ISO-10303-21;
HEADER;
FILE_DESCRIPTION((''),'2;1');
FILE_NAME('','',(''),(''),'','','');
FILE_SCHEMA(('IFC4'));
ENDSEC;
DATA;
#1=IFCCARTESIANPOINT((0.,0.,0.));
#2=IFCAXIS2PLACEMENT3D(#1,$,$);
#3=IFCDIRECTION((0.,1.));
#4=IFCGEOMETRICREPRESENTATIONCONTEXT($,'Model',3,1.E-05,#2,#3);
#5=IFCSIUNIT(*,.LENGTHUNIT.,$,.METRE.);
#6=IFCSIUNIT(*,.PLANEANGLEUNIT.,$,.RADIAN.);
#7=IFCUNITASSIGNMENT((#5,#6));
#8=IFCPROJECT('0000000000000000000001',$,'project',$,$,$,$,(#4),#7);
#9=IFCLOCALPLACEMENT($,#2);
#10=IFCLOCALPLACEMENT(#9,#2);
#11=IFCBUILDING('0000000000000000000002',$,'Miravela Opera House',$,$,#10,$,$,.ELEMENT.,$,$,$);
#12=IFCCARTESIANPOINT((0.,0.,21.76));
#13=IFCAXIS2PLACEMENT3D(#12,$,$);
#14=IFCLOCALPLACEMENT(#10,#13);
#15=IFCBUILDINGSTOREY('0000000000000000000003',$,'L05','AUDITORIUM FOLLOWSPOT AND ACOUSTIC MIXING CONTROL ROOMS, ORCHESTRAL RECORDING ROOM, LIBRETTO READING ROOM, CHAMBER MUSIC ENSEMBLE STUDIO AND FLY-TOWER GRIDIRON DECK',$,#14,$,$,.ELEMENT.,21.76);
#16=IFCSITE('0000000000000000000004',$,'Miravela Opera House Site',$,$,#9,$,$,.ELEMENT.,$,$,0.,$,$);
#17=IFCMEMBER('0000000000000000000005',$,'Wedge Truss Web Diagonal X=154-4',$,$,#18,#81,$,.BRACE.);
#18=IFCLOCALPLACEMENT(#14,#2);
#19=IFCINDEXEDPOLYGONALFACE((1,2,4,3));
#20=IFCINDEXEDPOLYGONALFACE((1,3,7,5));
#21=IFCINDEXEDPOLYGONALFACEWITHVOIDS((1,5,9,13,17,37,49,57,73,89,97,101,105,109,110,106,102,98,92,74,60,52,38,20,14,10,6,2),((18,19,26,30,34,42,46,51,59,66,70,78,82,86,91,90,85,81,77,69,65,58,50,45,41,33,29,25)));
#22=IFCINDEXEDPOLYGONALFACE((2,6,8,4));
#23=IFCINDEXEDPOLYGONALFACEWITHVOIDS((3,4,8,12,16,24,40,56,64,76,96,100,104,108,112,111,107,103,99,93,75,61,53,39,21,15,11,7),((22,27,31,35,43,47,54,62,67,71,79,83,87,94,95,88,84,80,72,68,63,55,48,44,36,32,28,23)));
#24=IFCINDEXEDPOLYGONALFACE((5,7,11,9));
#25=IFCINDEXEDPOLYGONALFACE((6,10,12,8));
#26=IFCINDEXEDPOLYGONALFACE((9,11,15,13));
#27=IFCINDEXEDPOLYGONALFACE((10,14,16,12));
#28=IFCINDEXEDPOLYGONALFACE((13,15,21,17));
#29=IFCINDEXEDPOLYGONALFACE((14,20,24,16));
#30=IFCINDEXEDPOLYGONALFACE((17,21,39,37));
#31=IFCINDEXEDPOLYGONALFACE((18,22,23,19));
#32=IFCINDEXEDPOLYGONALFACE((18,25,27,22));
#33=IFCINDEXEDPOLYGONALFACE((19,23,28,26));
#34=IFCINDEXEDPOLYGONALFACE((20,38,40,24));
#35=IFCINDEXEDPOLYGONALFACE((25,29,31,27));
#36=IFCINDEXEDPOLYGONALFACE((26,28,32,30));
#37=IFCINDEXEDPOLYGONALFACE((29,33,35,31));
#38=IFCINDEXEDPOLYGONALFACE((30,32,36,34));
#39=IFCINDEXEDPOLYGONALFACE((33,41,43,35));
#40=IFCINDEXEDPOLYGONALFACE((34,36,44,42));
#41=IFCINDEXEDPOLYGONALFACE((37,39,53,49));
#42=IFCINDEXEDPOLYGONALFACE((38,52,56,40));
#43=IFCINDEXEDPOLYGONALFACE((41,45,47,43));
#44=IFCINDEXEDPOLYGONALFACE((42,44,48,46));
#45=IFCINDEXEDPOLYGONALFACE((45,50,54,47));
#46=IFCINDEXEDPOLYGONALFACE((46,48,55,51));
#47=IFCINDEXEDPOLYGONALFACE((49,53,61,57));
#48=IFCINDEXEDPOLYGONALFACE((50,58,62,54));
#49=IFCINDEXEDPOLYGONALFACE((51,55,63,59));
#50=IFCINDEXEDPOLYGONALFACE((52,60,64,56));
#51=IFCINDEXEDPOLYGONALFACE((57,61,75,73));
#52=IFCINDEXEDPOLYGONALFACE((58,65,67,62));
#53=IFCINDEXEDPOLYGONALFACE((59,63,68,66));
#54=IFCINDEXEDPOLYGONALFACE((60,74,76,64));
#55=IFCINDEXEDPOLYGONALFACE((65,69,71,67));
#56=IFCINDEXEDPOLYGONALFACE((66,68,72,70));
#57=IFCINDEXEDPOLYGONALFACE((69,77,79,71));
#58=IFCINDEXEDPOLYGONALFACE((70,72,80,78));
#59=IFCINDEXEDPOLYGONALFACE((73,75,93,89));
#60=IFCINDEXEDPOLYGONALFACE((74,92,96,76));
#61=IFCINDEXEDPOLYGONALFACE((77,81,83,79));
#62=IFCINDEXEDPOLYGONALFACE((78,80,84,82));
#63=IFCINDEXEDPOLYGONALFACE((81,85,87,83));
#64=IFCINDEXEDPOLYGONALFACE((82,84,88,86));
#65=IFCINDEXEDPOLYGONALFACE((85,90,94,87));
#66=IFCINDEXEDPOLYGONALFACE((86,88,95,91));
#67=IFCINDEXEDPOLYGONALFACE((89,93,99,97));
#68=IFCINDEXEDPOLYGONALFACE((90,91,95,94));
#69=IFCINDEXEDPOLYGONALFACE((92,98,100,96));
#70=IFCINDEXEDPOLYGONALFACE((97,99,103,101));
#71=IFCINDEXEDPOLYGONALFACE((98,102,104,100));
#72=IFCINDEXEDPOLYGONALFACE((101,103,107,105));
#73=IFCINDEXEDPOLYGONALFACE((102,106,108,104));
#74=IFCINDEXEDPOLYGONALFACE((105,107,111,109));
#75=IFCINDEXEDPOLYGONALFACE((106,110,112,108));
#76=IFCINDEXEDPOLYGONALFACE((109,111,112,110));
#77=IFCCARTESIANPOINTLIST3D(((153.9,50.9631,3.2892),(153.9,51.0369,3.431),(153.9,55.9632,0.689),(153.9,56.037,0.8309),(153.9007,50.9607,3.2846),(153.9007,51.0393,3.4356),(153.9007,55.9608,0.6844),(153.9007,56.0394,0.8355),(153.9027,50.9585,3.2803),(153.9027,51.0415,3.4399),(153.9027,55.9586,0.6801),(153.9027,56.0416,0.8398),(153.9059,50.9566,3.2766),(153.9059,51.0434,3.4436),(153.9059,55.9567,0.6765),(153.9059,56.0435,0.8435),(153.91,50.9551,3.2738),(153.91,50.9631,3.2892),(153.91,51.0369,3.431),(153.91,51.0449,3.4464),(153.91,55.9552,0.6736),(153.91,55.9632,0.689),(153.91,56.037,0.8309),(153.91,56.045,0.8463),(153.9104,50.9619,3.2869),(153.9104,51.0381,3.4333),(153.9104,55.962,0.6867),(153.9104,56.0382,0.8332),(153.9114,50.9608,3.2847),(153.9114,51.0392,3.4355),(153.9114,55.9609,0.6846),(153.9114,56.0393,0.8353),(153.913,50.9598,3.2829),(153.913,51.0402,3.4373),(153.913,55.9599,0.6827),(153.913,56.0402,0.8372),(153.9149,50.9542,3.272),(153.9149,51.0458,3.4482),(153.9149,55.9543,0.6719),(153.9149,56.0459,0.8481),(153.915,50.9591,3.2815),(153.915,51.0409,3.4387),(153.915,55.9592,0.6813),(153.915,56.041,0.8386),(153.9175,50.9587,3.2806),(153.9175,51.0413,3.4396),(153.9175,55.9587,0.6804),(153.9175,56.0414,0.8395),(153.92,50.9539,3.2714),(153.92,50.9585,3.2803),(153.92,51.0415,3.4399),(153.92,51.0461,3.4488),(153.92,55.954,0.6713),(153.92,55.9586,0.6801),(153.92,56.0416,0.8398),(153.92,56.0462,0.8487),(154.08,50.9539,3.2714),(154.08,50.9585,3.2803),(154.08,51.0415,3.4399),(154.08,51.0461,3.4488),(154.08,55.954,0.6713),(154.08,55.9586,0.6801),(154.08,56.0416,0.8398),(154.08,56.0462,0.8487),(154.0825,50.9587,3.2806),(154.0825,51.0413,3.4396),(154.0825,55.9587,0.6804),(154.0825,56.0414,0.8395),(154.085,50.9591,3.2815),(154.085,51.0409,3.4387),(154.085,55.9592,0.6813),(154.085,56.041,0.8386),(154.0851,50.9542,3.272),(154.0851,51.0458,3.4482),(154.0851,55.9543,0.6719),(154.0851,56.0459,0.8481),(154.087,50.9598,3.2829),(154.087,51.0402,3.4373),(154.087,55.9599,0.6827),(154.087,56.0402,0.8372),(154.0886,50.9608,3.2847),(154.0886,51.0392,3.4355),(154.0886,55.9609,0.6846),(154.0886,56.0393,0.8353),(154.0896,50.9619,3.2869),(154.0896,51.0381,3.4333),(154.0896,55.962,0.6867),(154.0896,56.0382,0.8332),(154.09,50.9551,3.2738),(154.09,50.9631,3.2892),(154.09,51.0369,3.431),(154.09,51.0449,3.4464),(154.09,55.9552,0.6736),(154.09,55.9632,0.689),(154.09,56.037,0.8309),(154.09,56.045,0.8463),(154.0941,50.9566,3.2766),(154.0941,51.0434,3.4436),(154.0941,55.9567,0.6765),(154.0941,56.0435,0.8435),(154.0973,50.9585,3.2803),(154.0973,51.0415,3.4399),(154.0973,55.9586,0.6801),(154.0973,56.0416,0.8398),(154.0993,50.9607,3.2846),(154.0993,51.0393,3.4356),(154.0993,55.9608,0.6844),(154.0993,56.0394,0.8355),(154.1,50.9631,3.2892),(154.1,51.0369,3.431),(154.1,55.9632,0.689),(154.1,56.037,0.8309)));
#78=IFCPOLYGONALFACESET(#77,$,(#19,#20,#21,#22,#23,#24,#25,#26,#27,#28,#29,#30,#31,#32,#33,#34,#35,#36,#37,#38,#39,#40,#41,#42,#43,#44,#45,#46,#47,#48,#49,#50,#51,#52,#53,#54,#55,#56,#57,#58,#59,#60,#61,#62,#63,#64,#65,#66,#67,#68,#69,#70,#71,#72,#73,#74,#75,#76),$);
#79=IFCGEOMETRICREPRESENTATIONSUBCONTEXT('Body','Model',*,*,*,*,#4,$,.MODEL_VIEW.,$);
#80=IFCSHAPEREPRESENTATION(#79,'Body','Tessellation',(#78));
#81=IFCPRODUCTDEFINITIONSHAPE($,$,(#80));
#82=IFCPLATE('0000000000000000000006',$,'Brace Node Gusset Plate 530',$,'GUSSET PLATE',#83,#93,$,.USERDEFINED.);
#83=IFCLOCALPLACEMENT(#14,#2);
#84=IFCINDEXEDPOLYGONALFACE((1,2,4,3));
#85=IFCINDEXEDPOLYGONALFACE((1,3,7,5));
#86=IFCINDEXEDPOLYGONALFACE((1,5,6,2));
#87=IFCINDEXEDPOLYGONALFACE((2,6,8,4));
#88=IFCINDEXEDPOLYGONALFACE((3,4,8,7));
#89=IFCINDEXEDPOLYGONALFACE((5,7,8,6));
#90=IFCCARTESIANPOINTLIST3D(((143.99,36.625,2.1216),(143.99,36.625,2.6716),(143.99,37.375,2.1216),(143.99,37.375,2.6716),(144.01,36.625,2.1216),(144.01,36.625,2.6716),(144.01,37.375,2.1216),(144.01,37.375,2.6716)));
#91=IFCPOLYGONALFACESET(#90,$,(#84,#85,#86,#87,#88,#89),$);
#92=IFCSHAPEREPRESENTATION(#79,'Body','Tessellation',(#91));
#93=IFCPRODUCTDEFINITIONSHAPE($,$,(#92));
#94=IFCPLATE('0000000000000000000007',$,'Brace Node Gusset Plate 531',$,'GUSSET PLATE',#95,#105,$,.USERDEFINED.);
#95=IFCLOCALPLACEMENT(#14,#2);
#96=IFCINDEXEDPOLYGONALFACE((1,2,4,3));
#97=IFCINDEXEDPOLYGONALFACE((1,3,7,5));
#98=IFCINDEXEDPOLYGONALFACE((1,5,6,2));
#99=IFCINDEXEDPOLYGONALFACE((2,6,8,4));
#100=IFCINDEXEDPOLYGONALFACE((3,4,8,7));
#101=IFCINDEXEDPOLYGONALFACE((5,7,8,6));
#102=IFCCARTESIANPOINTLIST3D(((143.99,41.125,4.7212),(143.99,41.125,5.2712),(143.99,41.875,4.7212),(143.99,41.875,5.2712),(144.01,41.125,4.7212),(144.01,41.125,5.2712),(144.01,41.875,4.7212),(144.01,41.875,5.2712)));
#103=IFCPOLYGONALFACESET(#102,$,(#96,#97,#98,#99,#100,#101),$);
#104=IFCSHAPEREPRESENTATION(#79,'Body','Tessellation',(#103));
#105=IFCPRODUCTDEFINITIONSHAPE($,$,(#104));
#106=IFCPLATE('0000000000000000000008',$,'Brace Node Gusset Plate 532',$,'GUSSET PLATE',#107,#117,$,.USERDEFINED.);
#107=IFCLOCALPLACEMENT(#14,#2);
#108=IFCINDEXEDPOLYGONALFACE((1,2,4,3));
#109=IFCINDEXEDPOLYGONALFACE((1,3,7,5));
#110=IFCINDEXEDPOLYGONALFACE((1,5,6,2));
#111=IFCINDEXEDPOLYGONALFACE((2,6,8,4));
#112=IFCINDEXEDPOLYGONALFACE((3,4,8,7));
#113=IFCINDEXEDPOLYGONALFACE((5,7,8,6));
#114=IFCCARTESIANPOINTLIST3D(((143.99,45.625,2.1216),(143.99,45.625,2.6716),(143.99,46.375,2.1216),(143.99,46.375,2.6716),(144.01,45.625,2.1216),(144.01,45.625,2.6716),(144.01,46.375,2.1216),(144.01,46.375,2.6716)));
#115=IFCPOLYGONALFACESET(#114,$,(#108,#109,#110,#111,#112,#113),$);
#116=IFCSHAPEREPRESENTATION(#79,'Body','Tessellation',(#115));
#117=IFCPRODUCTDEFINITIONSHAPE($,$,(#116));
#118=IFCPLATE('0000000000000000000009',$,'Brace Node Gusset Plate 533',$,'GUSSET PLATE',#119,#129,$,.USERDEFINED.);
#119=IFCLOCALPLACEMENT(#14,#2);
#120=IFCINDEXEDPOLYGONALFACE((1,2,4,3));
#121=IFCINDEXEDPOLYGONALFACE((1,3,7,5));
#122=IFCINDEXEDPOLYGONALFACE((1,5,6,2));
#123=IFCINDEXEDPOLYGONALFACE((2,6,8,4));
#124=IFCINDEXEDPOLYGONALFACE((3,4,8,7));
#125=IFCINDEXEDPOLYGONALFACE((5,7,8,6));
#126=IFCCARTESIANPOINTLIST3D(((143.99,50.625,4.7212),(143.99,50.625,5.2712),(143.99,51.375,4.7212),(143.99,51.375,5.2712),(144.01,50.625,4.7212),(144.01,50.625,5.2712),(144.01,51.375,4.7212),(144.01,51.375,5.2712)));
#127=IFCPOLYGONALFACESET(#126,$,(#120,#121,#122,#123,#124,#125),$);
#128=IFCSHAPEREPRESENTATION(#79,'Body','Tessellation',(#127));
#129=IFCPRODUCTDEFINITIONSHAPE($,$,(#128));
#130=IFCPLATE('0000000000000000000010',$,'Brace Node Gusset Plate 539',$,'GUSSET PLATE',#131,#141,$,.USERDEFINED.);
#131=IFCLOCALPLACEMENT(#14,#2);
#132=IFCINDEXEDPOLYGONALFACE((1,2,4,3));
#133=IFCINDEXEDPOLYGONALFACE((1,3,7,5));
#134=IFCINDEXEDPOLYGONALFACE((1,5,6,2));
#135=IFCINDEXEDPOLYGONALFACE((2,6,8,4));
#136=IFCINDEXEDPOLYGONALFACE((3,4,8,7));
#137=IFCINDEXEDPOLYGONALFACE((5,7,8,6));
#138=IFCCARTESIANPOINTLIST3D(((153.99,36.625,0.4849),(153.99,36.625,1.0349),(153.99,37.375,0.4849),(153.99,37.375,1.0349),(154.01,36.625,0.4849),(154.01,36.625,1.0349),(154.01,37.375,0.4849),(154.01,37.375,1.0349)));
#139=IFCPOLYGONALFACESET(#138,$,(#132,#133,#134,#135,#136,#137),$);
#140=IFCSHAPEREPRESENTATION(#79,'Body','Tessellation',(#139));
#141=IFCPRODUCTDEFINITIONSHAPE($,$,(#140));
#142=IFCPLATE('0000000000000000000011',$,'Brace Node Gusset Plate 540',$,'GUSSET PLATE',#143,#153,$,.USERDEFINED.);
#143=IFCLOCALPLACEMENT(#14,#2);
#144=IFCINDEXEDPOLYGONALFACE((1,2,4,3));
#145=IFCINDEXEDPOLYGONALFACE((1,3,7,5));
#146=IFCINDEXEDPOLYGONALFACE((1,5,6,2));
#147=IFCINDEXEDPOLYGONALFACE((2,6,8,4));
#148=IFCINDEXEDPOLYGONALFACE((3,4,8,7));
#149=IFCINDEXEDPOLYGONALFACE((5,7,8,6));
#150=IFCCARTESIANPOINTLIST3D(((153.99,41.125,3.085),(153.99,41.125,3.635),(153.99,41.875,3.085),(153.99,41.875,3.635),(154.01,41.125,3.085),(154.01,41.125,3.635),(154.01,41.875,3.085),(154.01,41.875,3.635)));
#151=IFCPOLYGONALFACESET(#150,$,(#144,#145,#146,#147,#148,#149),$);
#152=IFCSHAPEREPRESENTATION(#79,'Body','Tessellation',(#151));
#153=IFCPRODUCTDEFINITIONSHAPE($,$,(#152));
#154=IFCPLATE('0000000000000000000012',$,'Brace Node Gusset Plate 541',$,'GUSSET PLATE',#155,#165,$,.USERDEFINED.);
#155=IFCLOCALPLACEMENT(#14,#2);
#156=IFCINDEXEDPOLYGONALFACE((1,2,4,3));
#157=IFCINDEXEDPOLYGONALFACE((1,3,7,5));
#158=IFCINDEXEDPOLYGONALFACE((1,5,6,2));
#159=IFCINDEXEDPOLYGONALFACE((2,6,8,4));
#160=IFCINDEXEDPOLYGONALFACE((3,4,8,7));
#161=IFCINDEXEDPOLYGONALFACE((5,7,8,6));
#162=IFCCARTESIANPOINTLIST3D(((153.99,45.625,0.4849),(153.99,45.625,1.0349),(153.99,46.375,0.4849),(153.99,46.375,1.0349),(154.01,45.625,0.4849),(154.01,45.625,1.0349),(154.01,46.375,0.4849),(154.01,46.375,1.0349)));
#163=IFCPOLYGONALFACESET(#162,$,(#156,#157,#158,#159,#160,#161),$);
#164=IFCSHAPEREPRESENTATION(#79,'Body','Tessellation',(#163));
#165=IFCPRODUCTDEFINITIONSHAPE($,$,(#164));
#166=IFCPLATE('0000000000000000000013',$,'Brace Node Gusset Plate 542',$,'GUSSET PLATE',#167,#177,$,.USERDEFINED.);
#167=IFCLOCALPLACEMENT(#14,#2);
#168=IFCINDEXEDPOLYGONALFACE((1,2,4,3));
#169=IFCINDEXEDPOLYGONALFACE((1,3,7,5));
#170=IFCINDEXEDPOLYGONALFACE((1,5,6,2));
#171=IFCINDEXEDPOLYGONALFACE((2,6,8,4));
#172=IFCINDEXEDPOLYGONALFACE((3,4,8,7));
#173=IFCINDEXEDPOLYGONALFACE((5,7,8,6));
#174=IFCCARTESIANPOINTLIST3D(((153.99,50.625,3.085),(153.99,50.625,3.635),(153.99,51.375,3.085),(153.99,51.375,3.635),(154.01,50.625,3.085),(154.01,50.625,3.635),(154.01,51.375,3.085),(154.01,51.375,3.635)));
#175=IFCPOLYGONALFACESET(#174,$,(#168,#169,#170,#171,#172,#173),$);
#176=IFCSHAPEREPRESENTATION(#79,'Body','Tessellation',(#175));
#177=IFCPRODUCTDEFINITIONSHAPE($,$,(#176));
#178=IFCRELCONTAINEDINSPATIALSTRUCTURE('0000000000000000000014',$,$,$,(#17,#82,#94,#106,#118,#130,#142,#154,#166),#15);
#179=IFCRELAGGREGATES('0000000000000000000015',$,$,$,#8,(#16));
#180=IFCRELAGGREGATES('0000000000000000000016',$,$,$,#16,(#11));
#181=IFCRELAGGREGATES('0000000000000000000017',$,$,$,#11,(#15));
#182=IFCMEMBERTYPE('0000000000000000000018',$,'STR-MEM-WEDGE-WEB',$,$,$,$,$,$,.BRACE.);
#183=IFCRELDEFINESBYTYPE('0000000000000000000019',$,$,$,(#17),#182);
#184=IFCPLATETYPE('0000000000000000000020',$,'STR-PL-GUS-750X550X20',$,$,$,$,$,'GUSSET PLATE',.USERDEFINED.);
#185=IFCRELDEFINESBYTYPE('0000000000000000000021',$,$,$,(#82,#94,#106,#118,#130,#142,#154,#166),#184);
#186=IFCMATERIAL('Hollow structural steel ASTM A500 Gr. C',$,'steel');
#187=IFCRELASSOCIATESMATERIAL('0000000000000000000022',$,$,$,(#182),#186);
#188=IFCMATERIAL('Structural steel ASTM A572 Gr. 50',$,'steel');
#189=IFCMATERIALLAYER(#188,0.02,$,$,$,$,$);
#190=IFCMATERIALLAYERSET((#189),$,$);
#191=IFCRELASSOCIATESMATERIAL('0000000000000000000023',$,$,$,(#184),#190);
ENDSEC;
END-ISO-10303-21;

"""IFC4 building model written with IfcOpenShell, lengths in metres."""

from ifc_helpers import new_model, si_unit, direction, frame, origin, origin_2d, place, context, subcontext, project, spatial, rectangle, hollow_rectangle, extrude, material, layer, layer_set, material_profile, profile_set, type_object, element, save


model = new_model("IFC4")

# Units and contexts
model_context = context("Model", 3, precision=1e-05, world=origin(), true_north=direction((0.0, 1.0)))
body_context = subcontext(model_context, "Body", "Model", "MODEL_VIEW")
ifc_project = project(units=[si_unit("LENGTHUNIT", "METRE"), si_unit("PLANEANGLEUNIT", "RADIAN")], contexts=[model_context])

# Site, building, storey
site_placement = place(None, origin())
site = spatial("IfcSite", under=ifc_project, at=site_placement, Name="Miravela Opera House Site", CompositionType="ELEMENT", RefElevation=0.0)
building_placement = place(site_placement, origin())
building = spatial("IfcBuilding", under=site, at=building_placement, Name="Miravela Opera House", CompositionType="ELEMENT")
storey_placement = place(building_placement, frame((0.0, 0.0, 21.76)))
storey = spatial("IfcBuildingStorey", under=building, at=storey_placement, Name="L05", Description="AUDITORIUM FOLLOWSPOT AND ACOUSTIC MIXING CONTROL ROOMS, ORCHESTRAL RECORDING ROOM, LIBRETTO READING ROOM, CHAMBER MUSIC ENSEMBLE STUDIO AND FLY-TOWER GRIDIRON DECK", CompositionType="ELEMENT", Elevation=21.76)

# Member
ifc_material_1 = material(Name="Hollow structural steel ASTM A500 Gr. C", Category="steel")
ifc_material_profile_1 = material_profile(ifc_material_1, hollow_rectangle(XDim=0.2, YDim=0.2, WallThickness=0.01, InnerFilletRadius=0.01, OuterFilletRadius=0.02, at=origin_2d()), Name="HSS200X200X10")
ifc_profile_set_1 = profile_set([ifc_material_profile_1])
member_type_1 = type_object("IfcMemberType", Name="STR-MEM-WEDGE-WEB", PredefinedType="BRACE", material=ifc_profile_set_1)
for number, where, z_axis, x_axis, name in (
    (1, (154.0, 51.0, 3.3601), (0.0, 0.88721, -0.461366), (-1.0, 0.0, 0.0), "Wedge Truss Web Diagonal X=154-4"),
):
    element("IfcMember", number, at=place(storey_placement, frame(where, z_axis=z_axis, x_axis=x_axis)), inside=storey, type_object=member_type_1, Name=name, PredefinedType="BRACE", context=body_context, shape_type="SweptSolid", body=[
        extrude(hollow_rectangle(XDim=0.2, YDim=0.2, WallThickness=0.01, InnerFilletRadius=0.01, OuterFilletRadius=0.02, at=origin_2d()), origin(), (0.0, 0.0, 1.0), 5.6357),
    ])

# Plates
ifc_material_2 = material(Name="Structural steel ASTM A572 Gr. 50", Category="steel")
ifc_layer = layer(ifc_material_2, 0.02)
ifc_layer_set = layer_set([ifc_layer])
plate_type = type_object("IfcPlateType", Name="STR-PL-GUS-750X550X20", ElementType="GUSSET PLATE", PredefinedType="USERDEFINED", material=ifc_layer_set)
for number, where, z_axis, x_axis, name in (
    (2, (144.0, 37.0, 2.1216), (0.0, 0.0, 1.0), (0.0, 1.0, 0.0), "Brace Node Gusset Plate 530"),
    (3, (144.0, 41.5, 4.7212), (0.0, 0.0, 1.0), (0.0, 1.0, 0.0), "Brace Node Gusset Plate 531"),
    (4, (144.0, 46.0, 2.1216), (0.0, 0.0, 1.0), (0.0, 1.0, 0.0), "Brace Node Gusset Plate 532"),
    (5, (144.0, 51.0, 4.7212), (0.0, 0.0, 1.0), (0.0, 1.0, 0.0), "Brace Node Gusset Plate 533"),
    (6, (154.0, 37.0, 0.4849), (0.0, 0.0, 1.0), (0.0, 1.0, 0.0), "Brace Node Gusset Plate 539"),
    (7, (154.0, 41.5, 3.085), (0.0, 0.0, 1.0), (0.0, 1.0, 0.0), "Brace Node Gusset Plate 540"),
    (8, (154.0, 46.0, 0.4849), (0.0, 0.0, 1.0), (0.0, 1.0, 0.0), "Brace Node Gusset Plate 541"),
    (9, (154.0, 51.0, 3.085), (0.0, 0.0, 1.0), (0.0, 1.0, 0.0), "Brace Node Gusset Plate 542"),
):
    element("IfcPlate", number, at=place(storey_placement, frame(where, z_axis=z_axis, x_axis=x_axis)), inside=storey, type_object=plate_type, Name=name, ObjectType="GUSSET PLATE", PredefinedType="USERDEFINED", context=body_context, shape_type="SweptSolid", body=[
        extrude(rectangle(XDim=0.75, YDim=0.02, at=origin_2d()), origin(), (0.0, 0.0, 1.0), 0.55),
    ])

save(model, "model.ifc")
